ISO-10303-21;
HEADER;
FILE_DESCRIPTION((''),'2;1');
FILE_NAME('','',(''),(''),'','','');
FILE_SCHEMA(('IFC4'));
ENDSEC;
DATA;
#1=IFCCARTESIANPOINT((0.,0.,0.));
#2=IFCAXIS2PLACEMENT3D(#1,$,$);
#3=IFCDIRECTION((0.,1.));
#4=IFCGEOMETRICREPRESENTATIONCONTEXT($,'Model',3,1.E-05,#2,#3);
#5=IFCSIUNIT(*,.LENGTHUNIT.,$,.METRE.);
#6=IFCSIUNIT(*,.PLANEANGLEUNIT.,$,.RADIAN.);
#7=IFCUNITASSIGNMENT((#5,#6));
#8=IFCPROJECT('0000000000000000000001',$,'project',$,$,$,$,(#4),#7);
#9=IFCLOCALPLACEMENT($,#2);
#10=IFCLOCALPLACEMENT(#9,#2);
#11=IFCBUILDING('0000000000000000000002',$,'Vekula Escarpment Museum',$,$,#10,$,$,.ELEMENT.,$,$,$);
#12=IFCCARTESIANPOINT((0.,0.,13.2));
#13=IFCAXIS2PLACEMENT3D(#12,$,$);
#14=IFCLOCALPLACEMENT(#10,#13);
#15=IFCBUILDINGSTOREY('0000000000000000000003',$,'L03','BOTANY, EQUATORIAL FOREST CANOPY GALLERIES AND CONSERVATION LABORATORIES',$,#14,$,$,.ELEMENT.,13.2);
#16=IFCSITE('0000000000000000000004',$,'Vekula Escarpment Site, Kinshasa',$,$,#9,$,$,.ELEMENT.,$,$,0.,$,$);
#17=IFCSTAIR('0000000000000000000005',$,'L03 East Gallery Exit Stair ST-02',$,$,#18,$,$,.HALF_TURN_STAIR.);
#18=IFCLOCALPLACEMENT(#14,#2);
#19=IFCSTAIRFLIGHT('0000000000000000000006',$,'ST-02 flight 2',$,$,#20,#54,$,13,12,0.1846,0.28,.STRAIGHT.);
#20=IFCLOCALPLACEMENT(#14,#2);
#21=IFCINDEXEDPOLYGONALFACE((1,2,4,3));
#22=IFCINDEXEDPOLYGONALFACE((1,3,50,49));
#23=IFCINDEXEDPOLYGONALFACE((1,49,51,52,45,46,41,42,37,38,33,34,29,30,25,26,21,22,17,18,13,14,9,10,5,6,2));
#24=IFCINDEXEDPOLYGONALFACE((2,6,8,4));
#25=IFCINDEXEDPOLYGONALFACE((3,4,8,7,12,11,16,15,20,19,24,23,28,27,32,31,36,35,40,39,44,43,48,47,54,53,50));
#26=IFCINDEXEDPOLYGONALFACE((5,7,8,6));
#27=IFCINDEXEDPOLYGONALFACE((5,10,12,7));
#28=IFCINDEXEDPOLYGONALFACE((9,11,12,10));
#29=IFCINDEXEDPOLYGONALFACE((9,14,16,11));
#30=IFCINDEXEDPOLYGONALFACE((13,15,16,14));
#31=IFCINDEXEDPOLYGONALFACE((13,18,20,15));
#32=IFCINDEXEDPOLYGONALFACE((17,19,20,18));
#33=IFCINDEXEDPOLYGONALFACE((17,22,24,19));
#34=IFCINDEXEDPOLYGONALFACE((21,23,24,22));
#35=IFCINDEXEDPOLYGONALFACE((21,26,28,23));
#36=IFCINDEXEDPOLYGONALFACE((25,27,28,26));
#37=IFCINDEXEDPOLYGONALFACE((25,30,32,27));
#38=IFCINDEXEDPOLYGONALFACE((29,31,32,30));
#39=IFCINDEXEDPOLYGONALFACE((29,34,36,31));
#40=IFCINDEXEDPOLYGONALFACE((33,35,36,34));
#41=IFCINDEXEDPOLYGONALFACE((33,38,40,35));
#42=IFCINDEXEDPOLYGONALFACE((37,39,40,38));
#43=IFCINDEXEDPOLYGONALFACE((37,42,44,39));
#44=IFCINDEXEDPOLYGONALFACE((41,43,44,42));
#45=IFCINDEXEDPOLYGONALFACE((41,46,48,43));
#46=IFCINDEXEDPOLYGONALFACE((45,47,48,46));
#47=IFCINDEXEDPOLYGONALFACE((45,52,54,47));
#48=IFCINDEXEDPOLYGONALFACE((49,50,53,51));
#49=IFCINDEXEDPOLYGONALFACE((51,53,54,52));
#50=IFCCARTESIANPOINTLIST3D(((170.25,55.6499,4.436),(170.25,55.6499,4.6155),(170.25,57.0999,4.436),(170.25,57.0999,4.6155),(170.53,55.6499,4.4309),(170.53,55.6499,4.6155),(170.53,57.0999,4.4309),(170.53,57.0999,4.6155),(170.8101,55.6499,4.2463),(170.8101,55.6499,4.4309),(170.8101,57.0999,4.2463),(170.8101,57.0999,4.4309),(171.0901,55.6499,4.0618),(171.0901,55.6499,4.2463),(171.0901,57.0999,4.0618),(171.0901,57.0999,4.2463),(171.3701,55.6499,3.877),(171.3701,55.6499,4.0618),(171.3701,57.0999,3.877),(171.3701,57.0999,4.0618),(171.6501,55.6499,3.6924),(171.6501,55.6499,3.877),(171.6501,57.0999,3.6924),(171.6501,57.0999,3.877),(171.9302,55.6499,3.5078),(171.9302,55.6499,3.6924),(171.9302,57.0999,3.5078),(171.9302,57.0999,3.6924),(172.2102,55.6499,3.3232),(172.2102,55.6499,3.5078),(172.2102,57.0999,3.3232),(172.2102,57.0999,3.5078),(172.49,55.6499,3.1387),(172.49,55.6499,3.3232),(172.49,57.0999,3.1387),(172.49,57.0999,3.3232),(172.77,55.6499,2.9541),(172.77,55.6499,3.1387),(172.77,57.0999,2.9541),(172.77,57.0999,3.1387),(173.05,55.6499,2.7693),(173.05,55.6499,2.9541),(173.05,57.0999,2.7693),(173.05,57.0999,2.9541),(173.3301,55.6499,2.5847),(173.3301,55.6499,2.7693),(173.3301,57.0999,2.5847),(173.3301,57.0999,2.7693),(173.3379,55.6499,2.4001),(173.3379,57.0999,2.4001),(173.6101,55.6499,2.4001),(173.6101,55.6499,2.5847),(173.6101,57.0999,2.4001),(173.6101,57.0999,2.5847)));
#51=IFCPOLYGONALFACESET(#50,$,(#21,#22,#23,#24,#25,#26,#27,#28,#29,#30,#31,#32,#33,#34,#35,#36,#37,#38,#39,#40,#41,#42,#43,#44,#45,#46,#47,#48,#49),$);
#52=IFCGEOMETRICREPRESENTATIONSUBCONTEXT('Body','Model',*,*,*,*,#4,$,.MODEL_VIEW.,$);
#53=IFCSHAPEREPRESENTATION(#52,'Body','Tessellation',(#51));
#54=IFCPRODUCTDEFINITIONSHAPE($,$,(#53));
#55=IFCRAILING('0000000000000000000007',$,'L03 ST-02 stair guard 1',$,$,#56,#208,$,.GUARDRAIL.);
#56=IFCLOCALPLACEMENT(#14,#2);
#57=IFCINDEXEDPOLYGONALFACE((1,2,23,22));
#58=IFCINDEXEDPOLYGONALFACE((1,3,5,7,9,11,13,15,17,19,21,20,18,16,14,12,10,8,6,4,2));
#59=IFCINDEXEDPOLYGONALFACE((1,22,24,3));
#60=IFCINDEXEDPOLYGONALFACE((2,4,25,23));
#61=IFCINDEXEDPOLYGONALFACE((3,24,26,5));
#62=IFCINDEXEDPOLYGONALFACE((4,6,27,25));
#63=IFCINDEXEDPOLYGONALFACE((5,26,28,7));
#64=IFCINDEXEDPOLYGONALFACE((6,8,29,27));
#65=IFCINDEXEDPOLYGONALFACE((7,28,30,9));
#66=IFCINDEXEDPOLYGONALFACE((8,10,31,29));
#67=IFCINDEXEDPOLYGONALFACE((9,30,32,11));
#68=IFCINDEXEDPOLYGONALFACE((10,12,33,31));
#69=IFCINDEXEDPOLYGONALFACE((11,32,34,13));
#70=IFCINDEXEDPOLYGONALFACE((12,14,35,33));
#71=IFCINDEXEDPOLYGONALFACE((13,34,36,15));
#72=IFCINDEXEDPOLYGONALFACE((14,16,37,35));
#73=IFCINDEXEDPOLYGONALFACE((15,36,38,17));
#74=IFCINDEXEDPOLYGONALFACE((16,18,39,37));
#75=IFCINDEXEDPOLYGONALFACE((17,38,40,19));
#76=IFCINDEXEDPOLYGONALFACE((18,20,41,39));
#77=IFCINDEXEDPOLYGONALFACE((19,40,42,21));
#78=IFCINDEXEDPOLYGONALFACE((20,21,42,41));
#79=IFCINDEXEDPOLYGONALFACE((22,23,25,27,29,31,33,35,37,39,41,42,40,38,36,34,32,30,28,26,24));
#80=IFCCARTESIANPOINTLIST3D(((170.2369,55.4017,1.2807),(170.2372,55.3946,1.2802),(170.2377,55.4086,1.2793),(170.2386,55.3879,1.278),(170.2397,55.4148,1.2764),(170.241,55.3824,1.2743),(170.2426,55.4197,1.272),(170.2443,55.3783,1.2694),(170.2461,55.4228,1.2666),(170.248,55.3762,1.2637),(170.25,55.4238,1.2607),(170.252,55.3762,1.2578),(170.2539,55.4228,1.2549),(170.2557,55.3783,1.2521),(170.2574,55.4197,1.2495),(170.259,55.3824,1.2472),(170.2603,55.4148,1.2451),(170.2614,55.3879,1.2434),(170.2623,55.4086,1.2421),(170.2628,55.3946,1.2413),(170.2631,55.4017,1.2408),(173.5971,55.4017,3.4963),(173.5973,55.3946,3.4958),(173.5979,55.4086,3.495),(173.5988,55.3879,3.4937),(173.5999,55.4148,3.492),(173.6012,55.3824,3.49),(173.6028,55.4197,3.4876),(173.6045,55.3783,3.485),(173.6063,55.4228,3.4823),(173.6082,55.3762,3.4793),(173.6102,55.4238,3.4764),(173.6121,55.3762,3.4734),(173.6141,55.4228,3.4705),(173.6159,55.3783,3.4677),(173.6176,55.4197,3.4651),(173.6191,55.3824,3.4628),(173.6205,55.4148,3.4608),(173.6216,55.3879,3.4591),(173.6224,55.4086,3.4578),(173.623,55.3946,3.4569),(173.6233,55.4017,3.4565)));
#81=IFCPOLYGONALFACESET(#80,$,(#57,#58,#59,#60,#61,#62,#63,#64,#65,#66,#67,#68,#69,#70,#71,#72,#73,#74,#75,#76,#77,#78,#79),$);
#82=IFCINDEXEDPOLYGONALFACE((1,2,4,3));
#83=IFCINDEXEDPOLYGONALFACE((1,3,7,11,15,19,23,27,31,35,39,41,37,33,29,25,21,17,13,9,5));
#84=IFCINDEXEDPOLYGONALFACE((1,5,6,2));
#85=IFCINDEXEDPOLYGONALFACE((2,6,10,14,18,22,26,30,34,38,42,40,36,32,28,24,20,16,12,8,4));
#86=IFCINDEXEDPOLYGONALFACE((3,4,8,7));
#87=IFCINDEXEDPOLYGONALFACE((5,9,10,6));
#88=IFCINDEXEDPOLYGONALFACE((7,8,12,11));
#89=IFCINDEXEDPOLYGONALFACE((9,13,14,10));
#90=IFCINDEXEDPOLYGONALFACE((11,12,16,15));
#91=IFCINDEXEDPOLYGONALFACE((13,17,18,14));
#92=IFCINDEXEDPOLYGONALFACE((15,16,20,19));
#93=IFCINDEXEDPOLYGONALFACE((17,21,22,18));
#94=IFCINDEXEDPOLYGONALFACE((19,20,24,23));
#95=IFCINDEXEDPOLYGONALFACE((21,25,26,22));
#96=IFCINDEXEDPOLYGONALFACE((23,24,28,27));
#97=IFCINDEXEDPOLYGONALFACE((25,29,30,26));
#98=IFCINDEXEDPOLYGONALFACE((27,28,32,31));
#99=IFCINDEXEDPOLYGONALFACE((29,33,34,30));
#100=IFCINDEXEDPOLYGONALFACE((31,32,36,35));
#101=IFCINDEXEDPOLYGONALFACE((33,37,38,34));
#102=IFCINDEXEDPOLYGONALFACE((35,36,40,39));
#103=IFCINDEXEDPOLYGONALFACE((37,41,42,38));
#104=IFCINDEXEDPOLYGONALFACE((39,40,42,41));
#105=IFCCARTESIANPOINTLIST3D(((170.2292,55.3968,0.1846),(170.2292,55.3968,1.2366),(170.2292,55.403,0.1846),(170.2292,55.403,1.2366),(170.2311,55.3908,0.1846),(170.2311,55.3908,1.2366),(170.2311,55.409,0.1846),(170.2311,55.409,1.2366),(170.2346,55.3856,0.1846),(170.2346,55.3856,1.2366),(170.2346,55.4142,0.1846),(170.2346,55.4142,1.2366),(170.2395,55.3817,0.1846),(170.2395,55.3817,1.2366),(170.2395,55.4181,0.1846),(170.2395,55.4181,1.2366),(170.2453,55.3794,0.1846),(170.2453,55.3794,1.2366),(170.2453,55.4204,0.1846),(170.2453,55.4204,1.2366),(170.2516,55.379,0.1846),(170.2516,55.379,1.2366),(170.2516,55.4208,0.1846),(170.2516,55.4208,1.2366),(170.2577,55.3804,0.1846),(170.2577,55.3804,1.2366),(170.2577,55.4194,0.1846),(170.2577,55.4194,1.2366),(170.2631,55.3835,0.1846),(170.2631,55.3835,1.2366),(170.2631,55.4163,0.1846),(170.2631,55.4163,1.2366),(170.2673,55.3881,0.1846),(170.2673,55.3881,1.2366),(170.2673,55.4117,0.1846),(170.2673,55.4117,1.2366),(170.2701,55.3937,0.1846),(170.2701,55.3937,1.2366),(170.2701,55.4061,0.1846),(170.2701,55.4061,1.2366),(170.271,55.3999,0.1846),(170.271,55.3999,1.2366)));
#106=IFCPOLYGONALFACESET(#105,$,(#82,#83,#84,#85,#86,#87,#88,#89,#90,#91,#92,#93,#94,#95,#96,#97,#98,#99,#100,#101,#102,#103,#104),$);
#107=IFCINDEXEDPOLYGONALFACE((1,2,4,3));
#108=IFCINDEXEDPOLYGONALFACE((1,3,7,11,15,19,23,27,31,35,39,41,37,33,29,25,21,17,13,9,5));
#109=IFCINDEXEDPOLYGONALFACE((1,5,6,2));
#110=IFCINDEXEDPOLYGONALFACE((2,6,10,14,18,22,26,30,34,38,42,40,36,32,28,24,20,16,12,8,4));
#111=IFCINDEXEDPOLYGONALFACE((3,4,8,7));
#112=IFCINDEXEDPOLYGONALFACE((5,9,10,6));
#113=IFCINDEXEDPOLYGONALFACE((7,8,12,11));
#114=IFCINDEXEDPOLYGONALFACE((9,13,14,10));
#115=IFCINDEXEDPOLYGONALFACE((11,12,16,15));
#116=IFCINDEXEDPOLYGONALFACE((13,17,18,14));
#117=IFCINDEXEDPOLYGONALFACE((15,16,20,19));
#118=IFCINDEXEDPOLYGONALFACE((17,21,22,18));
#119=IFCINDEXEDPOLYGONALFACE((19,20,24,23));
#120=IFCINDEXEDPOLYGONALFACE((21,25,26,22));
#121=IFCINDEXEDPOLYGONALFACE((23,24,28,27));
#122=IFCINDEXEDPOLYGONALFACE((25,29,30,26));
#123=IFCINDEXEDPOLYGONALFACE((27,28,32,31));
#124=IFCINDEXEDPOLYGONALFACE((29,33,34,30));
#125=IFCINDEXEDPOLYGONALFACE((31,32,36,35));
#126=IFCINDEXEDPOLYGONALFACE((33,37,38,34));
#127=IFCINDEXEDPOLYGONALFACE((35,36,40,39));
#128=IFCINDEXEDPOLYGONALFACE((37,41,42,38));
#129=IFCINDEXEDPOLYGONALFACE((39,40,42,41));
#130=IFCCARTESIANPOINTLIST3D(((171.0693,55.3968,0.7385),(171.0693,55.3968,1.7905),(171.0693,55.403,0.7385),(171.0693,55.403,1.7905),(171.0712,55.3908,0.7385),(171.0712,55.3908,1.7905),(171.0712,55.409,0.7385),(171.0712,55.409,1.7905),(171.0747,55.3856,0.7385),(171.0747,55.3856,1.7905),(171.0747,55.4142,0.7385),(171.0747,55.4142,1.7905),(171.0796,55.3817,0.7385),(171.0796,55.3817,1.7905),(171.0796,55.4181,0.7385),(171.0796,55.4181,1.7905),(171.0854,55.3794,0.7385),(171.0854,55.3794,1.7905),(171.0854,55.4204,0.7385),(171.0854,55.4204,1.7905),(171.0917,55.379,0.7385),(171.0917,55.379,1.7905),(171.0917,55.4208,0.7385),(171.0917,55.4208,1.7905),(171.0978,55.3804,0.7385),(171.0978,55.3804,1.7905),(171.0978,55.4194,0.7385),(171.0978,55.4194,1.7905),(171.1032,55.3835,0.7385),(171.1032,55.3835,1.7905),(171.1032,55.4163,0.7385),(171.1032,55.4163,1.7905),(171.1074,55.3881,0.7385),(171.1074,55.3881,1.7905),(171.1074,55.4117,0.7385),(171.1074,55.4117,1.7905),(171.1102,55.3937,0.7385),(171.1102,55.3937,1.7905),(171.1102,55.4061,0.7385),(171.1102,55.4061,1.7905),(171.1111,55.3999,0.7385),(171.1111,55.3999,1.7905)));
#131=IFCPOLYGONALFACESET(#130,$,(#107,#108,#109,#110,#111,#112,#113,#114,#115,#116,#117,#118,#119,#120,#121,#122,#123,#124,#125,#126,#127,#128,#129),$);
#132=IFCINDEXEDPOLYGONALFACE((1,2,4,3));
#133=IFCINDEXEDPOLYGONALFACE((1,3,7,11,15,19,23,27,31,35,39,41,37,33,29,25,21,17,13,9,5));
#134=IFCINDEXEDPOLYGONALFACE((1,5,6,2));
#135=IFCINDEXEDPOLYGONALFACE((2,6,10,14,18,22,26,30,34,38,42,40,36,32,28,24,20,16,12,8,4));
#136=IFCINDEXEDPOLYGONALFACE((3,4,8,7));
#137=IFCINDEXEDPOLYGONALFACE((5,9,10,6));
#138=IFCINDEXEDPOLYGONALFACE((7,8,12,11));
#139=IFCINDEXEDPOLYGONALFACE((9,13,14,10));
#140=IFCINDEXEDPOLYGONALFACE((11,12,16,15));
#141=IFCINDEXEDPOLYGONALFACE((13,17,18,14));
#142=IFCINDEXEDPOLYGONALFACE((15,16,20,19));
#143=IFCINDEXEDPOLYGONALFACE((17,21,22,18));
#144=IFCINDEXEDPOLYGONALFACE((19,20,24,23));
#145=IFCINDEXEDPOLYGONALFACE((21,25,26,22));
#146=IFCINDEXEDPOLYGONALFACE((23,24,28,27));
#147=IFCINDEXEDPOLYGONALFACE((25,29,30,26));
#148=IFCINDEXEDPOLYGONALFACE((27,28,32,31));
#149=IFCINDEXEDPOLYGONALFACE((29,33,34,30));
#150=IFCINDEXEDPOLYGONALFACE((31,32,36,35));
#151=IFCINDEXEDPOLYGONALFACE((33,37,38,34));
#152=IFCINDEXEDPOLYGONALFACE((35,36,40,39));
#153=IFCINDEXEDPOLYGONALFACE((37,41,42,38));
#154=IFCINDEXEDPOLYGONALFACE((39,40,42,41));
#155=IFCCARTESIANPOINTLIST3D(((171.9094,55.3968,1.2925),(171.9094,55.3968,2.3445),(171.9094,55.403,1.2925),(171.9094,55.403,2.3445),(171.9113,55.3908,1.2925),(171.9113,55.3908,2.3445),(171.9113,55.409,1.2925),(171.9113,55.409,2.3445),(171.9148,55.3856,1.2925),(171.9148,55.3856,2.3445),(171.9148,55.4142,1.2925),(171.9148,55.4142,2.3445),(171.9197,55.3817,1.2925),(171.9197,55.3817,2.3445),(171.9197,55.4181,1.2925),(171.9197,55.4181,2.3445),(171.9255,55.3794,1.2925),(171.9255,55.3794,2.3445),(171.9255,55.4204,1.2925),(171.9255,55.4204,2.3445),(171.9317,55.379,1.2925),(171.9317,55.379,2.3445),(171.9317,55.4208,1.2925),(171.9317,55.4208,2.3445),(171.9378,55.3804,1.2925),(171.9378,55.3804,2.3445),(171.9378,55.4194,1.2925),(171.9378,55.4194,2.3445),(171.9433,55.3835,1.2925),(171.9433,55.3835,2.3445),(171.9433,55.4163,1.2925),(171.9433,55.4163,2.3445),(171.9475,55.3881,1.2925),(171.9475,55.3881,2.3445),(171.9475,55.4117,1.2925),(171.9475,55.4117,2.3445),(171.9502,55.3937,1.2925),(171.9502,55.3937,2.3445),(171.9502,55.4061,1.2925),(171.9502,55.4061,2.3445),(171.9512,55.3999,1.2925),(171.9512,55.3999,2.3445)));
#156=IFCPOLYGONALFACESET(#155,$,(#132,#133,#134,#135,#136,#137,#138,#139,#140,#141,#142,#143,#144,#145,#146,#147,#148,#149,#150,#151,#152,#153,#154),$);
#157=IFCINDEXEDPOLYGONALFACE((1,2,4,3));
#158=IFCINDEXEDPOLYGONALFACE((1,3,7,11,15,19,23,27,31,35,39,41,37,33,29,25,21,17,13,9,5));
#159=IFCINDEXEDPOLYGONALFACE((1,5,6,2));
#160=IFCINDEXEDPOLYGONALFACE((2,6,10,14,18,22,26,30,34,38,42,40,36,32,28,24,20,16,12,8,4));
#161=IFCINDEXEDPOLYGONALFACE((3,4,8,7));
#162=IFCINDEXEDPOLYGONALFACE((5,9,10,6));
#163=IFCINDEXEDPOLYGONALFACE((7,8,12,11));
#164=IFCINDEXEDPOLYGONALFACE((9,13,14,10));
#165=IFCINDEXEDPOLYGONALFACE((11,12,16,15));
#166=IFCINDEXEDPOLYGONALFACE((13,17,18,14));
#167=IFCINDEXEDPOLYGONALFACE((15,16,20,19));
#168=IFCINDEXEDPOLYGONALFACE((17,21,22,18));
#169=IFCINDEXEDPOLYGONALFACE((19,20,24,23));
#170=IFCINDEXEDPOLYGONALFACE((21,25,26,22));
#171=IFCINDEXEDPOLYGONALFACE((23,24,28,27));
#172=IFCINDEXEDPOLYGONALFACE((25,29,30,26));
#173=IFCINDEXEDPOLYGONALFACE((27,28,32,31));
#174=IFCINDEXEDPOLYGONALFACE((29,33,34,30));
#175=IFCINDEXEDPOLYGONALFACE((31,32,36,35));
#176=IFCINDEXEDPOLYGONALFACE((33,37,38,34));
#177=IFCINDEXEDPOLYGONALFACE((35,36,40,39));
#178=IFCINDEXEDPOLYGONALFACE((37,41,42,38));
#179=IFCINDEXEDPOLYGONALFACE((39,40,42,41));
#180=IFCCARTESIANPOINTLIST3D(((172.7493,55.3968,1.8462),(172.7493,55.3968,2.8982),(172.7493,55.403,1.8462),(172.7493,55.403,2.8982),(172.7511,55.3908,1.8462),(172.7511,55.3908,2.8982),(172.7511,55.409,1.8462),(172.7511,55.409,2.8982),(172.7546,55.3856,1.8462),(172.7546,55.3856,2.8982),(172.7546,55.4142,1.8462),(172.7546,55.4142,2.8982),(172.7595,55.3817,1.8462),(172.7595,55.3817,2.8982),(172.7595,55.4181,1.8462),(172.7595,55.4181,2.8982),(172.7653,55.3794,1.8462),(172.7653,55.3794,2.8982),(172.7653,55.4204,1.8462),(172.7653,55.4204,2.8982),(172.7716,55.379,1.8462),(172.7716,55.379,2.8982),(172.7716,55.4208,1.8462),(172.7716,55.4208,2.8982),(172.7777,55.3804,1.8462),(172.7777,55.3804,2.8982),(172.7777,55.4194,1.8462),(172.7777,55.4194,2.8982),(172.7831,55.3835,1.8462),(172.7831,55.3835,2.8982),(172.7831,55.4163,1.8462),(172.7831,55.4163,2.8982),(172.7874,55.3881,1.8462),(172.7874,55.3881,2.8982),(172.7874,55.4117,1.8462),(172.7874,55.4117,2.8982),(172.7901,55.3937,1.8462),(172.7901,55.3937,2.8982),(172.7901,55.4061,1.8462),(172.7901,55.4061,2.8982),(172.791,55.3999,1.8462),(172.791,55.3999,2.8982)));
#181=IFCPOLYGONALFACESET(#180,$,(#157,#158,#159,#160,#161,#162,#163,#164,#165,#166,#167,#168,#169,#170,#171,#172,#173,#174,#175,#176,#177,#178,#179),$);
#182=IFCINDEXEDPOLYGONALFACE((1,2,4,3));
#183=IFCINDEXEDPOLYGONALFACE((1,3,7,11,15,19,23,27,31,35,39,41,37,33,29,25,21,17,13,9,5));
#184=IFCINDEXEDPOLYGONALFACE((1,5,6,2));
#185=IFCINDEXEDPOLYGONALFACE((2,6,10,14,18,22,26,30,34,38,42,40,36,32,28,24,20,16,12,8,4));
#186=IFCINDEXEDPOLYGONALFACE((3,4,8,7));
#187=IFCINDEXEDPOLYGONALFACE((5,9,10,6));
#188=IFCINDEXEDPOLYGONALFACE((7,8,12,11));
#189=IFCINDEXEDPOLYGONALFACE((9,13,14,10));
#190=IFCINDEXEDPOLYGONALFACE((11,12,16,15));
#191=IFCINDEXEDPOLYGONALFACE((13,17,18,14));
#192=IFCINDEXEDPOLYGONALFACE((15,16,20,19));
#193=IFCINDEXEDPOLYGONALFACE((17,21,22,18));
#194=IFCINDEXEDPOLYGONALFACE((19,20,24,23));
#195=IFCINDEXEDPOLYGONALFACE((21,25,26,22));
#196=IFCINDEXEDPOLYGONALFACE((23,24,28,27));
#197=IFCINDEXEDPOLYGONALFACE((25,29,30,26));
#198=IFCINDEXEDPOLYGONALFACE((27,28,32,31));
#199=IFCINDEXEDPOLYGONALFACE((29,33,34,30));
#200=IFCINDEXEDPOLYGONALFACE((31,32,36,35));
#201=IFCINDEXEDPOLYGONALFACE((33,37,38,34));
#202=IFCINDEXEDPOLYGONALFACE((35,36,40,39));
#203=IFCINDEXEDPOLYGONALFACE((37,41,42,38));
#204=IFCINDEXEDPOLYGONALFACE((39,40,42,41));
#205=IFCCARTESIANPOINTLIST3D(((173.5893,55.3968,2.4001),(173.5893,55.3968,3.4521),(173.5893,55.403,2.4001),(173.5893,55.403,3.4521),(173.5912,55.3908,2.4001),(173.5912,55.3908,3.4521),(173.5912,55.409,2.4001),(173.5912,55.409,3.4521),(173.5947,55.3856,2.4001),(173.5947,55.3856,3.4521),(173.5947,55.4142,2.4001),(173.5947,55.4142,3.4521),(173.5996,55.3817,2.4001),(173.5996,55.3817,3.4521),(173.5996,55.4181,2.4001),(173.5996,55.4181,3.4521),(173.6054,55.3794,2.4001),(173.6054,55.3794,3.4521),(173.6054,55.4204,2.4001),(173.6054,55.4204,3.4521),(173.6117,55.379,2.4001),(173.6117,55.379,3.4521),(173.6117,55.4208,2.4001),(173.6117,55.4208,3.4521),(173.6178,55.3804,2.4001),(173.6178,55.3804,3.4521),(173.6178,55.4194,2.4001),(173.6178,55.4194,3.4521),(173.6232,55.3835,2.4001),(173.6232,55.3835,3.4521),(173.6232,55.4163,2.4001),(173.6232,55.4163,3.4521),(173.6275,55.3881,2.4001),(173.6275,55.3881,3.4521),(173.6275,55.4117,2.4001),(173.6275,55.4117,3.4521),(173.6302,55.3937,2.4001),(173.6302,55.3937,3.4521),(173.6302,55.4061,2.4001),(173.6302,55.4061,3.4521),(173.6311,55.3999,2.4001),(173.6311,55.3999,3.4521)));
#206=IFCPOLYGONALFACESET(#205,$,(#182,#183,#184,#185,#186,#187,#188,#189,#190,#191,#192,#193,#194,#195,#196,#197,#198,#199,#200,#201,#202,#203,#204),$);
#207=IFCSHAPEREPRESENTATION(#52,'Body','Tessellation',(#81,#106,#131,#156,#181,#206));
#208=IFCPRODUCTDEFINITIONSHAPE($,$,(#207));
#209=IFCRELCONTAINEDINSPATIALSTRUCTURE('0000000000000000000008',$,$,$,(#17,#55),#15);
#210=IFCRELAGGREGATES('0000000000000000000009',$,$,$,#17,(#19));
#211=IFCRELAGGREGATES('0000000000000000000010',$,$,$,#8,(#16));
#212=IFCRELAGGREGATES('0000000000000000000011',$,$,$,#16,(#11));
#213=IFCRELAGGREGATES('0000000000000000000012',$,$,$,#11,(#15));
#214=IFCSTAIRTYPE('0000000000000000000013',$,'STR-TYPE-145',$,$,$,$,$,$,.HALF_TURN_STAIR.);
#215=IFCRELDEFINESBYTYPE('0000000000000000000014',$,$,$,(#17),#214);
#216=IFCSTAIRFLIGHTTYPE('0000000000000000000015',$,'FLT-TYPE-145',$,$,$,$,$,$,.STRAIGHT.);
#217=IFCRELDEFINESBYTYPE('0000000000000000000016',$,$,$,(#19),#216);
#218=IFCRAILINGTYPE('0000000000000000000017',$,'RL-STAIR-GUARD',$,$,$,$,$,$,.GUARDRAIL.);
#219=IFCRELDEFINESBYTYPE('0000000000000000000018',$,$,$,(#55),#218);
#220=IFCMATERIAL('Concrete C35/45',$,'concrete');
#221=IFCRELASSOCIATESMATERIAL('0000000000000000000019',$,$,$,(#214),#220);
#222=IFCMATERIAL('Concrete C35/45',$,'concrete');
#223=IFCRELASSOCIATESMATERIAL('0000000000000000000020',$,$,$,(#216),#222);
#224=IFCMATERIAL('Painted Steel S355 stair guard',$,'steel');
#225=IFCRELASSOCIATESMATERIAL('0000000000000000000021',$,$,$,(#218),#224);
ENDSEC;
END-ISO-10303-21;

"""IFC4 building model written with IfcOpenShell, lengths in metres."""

from ifc_helpers import new_model, si_unit, direction, frame, origin, origin_2d, place, context, subcontext, project, spatial, polyline, circle, outline, extrude, material, type_object, element, aggregate, save


model = new_model("IFC4")

# Units and contexts
model_context = context("Model", 3, precision=1e-05, world=origin(), true_north=direction((0.0, 1.0)))
body_context = subcontext(model_context, "Body", "Model", "MODEL_VIEW")
ifc_project = project(units=[si_unit("LENGTHUNIT", "METRE"), si_unit("PLANEANGLEUNIT", "RADIAN")], contexts=[model_context])

# Site, building, storey
site_placement = place(None, origin())
site = spatial("IfcSite", under=ifc_project, at=site_placement, Name="Vekula Escarpment Site, Kinshasa", CompositionType="ELEMENT", RefElevation=0.0)
building_placement = place(site_placement, origin())
building = spatial("IfcBuilding", under=site, at=building_placement, Name="Vekula Escarpment Museum", CompositionType="ELEMENT")
storey_placement = place(building_placement, frame((0.0, 0.0, 13.2)))
storey = spatial("IfcBuildingStorey", under=building, at=storey_placement, Name="L03", Description="BOTANY, EQUATORIAL FOREST CANOPY GALLERIES AND CONSERVATION LABORATORIES", CompositionType="ELEMENT", Elevation=13.2)

# Stair, stair flight
ifc_material_1 = material(Name="Concrete C35/45", Category="concrete")
stair_type = type_object("IfcStairType", Name="STR-TYPE-145", PredefinedType="HALF_TURN_STAIR", material=ifc_material_1)
stair_placement = place(storey_placement, origin())
stair = element("IfcStair", 1, at=stair_placement, inside=storey, type_object=stair_type, Name="L03 East Gallery Exit Stair ST-02", PredefinedType="HALF_TURN_STAIR")
ifc_material_2 = material(Name="Concrete C35/45", Category="concrete")
stair_flight_type = type_object("IfcStairFlightType", Name="FLT-TYPE-145", PredefinedType="STRAIGHT", material=ifc_material_2)
stair_flight_1_placement = place(storey_placement, frame((173.6101, 56.375, 2.4001), z_axis=(0.0, 0.0, 1.0), x_axis=(-1.0, 0.0, 0.0)))
stair_flight_1 = element("IfcStairFlight", 2, at=stair_flight_1_placement, type_object=stair_flight_type, Name="ST-02 flight 2", NumberOfRisers=13, NumberOfTreads=12, PredefinedType="STRAIGHT", RiserHeight=0.1846, TreadLength=0.28, context=body_context, shape_type="SweptSolid", body=[
    extrude(outline(polyline([(0.0, 0.0), (0.0, 0.1846), (0.28, 0.1846), (0.28, 0.3691), (0.5601, 0.3691), (0.5601, 0.554), (0.8401, 0.554), (0.8401, 0.7385), (1.1201, 0.7385), (1.1201, 0.9231), (1.3999, 0.9231), (1.3999, 1.1077), (1.6799, 1.1077), (1.6799, 1.2922), (1.96, 1.2922), (1.96, 1.4768), (2.24, 1.4768), (2.24, 1.6616), (2.52, 1.6616), (2.52, 1.8462), (2.8, 1.8462), (2.8, 2.0308), (3.0801, 2.0308), (3.0801, 2.2153), (3.3601, 2.2153), (3.3601, 2.3999), (3.3601, 2.0359), (0.2722, 0.0), (0.0, 0.0)])), frame((0.0, 0.7251, 0.0), z_axis=(0.0, -1.0, 0.0), x_axis=(1.0, 0.0, 0.0)), (0.0, 0.0, 1.0), 1.45),
])
aggregate(stair, [stair_flight_1])

# Railing
ifc_material_3 = material(Name="Painted Steel S355 stair guard", Category="steel")
railing_type_1 = type_object("IfcRailingType", Name="RL-STAIR-GUARD", PredefinedType="GUARDRAIL", material=ifc_material_3)
railing_1_placement = place(storey_placement, frame((170.25, 55.3999, 0.1846)))
element("IfcRailing", 3, at=railing_1_placement, inside=storey, type_object=railing_type_1, Name="L03 ST-02 stair guard 1", PredefinedType="GUARDRAIL", context=body_context, shape_type="SweptSolid", body=[
    extrude(circle(Radius=0.0239, at=origin_2d()), frame((0.0, 0.0, 1.0762), z_axis=(0.834849, 0.0, 0.55048), x_axis=(0.0, 1.0, 0.0)), (0.0, 0.0, 1.0), 4.0249),
    extrude(circle(Radius=0.021, at=origin_2d()), origin(), (0.0, 0.0, 1.0), 1.052),
    extrude(circle(Radius=0.021, at=origin_2d()), frame((0.8401, 0.0, 0.554)), (0.0, 0.0, 1.0), 1.052),
    extrude(circle(Radius=0.021, at=origin_2d()), frame((1.6802, 0.0, 1.1079)), (0.0, 0.0, 1.0), 1.052),
    extrude(circle(Radius=0.021, at=origin_2d()), frame((2.52, 0.0, 1.6616)), (0.0, 0.0, 1.0), 1.052),
    extrude(circle(Radius=0.021, at=origin_2d()), frame((3.3601, 0.0, 2.2156)), (0.0, 0.0, 1.0), 1.052),
])

save(model, "model.ifc")
